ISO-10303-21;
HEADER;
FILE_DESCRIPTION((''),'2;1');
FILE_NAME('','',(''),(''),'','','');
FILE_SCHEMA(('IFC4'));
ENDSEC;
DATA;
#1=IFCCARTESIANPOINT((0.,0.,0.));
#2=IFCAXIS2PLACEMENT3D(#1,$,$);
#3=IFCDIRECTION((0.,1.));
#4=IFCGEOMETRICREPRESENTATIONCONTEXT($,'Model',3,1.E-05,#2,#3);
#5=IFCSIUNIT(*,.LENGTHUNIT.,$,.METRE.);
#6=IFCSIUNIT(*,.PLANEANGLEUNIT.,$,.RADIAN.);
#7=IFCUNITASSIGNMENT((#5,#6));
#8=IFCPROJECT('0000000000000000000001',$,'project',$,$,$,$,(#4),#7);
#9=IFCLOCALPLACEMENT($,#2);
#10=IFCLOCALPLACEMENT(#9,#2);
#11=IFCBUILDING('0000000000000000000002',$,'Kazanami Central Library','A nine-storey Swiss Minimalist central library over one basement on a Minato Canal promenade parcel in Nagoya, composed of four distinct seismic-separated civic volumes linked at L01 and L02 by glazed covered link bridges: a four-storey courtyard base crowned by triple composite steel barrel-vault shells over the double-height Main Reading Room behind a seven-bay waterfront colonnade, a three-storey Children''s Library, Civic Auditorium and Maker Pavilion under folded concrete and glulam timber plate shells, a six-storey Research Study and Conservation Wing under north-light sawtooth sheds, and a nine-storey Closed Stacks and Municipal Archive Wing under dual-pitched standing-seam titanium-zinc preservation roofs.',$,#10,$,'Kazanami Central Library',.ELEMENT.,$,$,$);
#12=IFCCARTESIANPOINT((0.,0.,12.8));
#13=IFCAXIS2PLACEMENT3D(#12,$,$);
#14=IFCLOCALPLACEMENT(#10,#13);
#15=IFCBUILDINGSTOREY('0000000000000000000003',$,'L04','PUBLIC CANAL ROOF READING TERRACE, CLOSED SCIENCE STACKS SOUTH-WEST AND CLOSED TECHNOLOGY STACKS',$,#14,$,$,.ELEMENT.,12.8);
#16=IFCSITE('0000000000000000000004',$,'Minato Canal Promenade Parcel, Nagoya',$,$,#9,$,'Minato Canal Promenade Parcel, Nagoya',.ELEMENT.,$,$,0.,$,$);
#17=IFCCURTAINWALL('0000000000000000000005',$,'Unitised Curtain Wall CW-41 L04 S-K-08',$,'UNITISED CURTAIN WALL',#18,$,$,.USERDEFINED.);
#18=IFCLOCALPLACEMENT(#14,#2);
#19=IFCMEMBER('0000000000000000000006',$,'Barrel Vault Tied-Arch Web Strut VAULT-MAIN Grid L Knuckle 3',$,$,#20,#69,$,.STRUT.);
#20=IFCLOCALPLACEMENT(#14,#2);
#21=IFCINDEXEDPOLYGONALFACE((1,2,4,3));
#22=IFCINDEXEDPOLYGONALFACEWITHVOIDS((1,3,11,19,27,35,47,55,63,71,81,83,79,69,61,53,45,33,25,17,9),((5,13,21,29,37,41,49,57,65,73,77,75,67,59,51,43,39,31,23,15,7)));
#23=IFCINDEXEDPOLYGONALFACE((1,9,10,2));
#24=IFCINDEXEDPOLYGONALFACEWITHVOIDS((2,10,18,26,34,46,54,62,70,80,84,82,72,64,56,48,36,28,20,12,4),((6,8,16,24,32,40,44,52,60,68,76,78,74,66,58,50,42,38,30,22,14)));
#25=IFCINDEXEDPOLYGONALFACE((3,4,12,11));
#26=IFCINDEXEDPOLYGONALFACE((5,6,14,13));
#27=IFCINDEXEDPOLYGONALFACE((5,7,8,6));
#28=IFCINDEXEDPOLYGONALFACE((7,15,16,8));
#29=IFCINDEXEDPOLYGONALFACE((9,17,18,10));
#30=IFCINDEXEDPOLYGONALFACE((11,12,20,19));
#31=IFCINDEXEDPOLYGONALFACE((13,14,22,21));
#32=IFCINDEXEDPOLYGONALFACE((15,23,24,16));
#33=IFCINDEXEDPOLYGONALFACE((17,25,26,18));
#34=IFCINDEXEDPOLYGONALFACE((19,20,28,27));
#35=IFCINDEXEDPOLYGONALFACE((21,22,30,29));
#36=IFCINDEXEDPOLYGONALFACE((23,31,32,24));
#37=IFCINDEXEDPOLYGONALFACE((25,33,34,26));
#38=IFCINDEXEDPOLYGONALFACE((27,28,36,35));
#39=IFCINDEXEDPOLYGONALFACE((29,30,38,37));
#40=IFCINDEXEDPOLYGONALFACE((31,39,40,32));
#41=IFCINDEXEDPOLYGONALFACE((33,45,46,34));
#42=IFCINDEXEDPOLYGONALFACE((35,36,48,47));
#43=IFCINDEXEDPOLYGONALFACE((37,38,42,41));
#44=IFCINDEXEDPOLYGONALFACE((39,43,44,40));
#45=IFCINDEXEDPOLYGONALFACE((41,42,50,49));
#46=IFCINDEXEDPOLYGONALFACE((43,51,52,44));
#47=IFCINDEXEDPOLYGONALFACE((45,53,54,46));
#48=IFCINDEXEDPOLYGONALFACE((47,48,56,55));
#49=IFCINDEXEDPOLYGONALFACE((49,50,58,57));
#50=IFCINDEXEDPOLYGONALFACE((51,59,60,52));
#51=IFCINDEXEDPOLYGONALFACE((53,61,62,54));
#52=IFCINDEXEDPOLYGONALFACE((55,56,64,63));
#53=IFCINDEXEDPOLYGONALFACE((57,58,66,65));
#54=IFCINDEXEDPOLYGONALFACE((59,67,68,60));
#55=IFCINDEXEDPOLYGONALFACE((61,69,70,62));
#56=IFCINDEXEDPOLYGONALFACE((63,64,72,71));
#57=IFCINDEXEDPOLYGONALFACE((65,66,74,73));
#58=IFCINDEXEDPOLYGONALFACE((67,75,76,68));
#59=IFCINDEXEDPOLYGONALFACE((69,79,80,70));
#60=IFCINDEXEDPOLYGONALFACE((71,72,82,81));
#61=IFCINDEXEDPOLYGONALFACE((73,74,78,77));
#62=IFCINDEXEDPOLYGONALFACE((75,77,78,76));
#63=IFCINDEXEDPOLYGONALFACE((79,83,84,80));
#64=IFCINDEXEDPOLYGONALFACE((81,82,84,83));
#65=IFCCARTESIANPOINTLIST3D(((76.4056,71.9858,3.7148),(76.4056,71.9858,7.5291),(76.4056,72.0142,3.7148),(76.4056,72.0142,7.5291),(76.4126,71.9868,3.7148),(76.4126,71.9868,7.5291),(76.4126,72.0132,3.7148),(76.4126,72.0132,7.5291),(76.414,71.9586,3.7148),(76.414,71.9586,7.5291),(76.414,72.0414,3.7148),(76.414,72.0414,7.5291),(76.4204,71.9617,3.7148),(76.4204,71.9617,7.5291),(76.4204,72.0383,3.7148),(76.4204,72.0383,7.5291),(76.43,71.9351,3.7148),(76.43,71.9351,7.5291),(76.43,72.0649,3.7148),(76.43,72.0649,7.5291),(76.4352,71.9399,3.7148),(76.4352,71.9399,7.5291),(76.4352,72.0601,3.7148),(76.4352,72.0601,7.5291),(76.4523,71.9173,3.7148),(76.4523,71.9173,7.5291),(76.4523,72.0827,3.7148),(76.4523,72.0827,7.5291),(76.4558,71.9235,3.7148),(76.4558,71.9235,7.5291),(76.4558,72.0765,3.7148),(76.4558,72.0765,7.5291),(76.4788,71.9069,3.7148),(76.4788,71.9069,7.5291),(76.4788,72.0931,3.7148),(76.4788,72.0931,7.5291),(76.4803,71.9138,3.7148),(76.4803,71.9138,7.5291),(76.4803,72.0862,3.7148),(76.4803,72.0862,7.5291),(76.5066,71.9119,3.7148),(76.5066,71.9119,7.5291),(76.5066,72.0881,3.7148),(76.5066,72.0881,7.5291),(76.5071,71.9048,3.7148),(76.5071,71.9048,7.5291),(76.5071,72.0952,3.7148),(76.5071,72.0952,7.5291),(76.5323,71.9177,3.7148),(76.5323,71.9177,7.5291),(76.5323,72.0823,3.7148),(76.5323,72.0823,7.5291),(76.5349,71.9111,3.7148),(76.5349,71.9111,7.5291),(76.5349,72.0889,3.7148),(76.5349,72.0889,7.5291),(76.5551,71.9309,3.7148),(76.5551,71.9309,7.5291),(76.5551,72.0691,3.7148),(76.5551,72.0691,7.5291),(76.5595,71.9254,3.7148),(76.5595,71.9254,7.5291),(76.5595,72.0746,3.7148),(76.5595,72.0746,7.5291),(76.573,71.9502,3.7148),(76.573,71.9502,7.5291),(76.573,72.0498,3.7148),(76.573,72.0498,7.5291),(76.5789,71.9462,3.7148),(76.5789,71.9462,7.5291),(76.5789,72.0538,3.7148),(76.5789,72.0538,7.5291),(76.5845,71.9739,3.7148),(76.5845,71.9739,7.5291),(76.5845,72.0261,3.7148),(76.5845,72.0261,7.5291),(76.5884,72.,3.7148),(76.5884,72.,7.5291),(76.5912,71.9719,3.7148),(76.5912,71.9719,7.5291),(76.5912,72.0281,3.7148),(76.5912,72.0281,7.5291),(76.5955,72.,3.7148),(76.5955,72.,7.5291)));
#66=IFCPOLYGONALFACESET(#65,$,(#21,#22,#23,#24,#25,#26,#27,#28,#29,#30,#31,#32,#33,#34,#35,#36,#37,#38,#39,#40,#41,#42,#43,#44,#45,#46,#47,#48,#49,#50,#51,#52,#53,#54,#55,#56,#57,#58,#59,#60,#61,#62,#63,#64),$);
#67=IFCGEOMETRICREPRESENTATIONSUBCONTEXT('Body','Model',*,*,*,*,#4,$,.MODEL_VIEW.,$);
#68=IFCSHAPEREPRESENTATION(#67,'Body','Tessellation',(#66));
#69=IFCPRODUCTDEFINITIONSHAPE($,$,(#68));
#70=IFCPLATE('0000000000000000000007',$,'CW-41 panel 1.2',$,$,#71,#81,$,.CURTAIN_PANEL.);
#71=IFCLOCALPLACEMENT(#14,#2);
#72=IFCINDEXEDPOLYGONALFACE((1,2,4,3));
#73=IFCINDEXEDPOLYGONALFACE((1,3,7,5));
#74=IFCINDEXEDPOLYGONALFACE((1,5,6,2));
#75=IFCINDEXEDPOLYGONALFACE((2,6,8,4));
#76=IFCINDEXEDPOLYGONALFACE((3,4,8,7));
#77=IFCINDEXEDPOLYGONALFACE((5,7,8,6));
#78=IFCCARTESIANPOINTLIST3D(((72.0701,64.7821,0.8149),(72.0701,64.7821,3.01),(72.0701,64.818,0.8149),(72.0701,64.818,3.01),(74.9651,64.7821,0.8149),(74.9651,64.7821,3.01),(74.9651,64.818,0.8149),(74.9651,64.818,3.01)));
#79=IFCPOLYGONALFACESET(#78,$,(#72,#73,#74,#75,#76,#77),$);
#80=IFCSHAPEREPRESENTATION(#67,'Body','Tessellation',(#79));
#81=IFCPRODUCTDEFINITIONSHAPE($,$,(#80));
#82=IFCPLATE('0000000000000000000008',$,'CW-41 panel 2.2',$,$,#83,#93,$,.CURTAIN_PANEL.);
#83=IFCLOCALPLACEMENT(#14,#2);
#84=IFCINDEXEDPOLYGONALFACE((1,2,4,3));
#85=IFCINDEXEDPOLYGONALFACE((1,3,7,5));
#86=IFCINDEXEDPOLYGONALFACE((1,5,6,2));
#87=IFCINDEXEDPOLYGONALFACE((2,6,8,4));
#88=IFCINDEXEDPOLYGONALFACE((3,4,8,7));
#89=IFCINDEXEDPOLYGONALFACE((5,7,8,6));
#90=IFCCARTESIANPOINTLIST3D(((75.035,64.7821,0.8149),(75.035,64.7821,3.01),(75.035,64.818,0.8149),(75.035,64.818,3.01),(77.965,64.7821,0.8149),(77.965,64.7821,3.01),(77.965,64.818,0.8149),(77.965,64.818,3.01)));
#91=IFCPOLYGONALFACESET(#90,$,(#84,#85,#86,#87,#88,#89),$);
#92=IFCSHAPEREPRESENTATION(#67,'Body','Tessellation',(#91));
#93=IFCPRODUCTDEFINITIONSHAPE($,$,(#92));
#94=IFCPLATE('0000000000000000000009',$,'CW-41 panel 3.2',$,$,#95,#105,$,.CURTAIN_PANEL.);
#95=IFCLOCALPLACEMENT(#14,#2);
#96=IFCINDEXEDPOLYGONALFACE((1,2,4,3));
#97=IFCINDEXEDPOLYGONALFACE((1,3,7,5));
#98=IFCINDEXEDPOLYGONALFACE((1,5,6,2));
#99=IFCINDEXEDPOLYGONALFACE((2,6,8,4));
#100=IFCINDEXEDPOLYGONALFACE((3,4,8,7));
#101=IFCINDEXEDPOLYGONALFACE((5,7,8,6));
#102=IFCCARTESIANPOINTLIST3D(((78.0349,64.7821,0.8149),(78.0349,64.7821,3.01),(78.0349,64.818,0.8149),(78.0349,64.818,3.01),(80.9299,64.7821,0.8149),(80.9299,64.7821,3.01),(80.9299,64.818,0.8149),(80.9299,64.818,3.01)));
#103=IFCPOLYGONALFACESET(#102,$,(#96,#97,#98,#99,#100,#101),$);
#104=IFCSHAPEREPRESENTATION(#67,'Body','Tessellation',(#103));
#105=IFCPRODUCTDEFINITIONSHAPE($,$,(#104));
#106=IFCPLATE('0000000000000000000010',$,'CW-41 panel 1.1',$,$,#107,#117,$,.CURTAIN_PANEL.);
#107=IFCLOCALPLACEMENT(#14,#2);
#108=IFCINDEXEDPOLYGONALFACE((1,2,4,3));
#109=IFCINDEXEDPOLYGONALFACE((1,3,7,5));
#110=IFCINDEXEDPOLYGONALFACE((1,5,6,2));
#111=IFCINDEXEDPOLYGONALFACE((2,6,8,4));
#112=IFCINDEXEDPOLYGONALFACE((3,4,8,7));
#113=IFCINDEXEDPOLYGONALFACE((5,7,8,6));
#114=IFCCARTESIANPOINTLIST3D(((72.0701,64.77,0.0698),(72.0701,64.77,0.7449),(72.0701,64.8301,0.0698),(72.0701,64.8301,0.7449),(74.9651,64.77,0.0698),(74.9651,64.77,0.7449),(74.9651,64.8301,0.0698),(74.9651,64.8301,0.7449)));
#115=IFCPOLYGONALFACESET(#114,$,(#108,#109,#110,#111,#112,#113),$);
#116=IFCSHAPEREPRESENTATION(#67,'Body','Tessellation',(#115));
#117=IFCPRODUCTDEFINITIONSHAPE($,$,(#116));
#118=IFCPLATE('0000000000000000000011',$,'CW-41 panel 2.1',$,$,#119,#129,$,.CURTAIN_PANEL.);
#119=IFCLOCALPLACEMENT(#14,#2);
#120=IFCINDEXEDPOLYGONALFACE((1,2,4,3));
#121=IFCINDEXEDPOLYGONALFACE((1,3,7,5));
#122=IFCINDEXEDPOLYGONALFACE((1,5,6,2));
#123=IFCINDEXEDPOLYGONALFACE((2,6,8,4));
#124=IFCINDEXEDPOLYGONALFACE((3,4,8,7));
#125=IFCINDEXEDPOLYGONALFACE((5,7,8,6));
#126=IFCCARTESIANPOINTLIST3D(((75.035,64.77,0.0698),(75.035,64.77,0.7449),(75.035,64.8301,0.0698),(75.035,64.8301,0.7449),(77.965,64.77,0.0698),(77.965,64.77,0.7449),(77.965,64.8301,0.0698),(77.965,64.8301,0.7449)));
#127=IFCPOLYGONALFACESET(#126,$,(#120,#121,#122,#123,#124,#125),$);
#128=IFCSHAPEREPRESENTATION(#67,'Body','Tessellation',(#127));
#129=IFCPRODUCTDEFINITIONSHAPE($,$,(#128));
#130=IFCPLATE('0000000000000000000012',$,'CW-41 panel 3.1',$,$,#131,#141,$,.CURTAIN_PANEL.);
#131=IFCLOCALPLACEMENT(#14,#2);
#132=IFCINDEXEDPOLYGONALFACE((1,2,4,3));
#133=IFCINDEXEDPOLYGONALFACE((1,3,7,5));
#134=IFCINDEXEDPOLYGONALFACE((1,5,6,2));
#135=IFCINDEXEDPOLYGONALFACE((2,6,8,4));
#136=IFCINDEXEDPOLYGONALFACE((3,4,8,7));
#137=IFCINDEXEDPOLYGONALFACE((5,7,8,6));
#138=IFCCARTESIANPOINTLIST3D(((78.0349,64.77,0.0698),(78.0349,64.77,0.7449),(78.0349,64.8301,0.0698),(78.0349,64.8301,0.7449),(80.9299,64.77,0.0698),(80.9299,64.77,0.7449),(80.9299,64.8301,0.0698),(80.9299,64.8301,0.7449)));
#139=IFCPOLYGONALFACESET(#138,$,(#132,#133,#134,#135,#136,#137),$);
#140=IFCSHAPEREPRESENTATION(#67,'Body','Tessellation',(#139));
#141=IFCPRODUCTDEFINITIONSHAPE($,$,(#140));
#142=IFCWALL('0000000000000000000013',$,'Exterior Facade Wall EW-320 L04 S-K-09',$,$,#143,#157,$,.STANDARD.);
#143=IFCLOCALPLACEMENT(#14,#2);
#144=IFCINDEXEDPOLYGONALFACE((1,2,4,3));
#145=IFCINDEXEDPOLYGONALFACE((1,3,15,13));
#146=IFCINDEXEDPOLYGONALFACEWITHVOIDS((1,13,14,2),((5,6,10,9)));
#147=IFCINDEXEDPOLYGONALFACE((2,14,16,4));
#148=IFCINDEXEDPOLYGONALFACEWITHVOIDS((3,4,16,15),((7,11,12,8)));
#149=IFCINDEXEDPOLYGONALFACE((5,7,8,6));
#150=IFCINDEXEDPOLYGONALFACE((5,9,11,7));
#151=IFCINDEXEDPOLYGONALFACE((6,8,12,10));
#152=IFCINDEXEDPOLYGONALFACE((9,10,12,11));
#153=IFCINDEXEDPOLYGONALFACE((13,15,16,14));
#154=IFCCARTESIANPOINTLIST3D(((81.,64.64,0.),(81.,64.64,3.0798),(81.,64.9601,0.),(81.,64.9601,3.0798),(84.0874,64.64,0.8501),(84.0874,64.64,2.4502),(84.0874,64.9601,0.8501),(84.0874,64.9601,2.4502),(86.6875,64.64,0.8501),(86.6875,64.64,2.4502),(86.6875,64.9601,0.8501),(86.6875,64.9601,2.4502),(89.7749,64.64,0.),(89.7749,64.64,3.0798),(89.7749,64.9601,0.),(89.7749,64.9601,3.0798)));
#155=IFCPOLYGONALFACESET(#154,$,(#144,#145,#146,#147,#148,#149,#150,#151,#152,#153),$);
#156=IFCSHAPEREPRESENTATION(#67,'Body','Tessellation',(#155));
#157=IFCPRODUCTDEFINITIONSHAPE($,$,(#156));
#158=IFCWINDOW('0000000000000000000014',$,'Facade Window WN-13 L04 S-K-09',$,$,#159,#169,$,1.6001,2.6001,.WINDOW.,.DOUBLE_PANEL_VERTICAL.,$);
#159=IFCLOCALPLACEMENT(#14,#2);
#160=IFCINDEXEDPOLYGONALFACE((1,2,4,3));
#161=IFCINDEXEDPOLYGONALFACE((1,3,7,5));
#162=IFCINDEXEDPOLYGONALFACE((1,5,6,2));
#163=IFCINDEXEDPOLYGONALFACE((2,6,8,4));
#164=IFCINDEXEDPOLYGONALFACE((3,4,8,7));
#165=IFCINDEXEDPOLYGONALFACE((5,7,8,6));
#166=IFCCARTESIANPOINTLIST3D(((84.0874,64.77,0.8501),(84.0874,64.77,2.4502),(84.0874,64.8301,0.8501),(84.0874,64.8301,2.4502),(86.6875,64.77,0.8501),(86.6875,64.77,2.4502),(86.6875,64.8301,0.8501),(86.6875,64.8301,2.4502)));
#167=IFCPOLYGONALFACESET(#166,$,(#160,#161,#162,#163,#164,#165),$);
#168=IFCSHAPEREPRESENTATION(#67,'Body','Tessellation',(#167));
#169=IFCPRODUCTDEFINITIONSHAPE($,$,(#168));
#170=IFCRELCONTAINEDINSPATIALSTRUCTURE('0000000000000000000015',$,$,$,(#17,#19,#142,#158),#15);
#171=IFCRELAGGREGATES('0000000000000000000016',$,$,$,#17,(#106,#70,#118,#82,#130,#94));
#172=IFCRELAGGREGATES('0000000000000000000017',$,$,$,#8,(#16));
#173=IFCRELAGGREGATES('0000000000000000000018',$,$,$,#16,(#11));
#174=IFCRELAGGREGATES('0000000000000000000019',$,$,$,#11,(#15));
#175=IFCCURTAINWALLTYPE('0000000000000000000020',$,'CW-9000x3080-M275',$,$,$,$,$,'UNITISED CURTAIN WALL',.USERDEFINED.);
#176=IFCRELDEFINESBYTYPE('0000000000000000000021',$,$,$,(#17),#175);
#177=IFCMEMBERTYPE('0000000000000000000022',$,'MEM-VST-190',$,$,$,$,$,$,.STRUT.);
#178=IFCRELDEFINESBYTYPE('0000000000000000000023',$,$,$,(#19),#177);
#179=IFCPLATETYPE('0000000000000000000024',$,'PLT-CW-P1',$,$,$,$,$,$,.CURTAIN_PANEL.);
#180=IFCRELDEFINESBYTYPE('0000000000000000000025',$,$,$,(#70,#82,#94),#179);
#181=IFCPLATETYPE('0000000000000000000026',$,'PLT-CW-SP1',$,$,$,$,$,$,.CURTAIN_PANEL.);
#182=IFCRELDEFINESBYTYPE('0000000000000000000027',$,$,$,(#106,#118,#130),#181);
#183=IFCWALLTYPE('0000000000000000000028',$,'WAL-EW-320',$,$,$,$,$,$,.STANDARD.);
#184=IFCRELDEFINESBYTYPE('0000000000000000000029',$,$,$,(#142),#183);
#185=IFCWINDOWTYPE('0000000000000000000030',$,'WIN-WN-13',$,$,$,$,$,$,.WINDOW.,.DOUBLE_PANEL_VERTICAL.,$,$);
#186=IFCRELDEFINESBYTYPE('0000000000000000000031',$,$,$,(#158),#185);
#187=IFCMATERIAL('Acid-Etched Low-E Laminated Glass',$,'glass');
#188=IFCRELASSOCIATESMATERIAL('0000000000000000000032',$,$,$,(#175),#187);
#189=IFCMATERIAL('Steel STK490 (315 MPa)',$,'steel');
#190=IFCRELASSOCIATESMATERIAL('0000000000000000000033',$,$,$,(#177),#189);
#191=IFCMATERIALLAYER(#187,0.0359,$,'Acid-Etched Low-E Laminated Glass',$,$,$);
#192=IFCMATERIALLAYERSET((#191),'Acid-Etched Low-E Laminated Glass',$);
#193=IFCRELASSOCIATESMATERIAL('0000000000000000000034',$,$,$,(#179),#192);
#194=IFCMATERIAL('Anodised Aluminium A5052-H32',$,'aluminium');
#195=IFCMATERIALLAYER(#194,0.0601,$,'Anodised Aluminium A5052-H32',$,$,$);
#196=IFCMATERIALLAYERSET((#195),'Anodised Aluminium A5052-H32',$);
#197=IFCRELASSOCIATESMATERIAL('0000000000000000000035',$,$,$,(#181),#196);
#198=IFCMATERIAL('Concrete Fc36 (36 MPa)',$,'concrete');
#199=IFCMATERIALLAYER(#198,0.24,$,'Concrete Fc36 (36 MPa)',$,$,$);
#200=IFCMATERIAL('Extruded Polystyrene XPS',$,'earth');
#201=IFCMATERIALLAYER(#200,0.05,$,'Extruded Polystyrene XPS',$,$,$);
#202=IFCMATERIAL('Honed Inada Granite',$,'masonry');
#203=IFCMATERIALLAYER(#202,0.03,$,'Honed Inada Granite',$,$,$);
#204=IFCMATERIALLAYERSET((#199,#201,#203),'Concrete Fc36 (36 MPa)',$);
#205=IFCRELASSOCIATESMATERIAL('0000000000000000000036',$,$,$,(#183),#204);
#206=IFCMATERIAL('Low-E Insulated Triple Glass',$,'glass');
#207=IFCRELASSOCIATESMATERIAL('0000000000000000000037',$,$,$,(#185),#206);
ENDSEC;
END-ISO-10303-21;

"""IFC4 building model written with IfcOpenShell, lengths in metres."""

from ifc_helpers import new_model, si_unit, direction, frame, frame_2d, origin, origin_2d, place, context, subcontext, project, spatial, rectangle, hollow_circle, extrude, material, layer, layer_set, material_profile, profile_set, type_object, element, fill, aggregate, save


model = new_model("IFC4")

# Units and contexts
model_context = context("Model", 3, precision=1e-05, world=origin(), true_north=direction((0.0, 1.0)))
body_context = subcontext(model_context, "Body", "Model", "MODEL_VIEW")
ifc_project = project(units=[si_unit("LENGTHUNIT", "METRE"), si_unit("PLANEANGLEUNIT", "RADIAN")], contexts=[model_context])

# Site, building, storey
site_placement = place(None, origin())
site = spatial("IfcSite", under=ifc_project, at=site_placement, Name="Minato Canal Promenade Parcel, Nagoya", LongName="Minato Canal Promenade Parcel, Nagoya", CompositionType="ELEMENT", RefElevation=0.0)
building_placement = place(site_placement, origin())
building = spatial("IfcBuilding", under=site, at=building_placement, Name="Kazanami Central Library", Description="A nine-storey Swiss Minimalist central library over one basement on a Minato Canal promenade parcel in Nagoya, composed of four distinct seismic-separated civic volumes linked at L01 and L02 by glazed covered link bridges: a four-storey courtyard base crowned by triple composite steel barrel-vault shells over the double-height Main Reading Room behind a seven-bay waterfront colonnade, a three-storey Children's Library, Civic Auditorium and Maker Pavilion under folded concrete and glulam timber plate shells, a six-storey Research Study and Conservation Wing under north-light sawtooth sheds, and a nine-storey Closed Stacks and Municipal Archive Wing under dual-pitched standing-seam titanium-zinc preservation roofs.", LongName="Kazanami Central Library", CompositionType="ELEMENT")
storey_placement = place(building_placement, frame((0.0, 0.0, 12.8)))
storey = spatial("IfcBuildingStorey", under=building, at=storey_placement, Name="L04", Description="PUBLIC CANAL ROOF READING TERRACE, CLOSED SCIENCE STACKS SOUTH-WEST AND CLOSED TECHNOLOGY STACKS", CompositionType="ELEMENT", Elevation=12.8)

# Curtain wall
ifc_material_1 = material(Name="Acid-Etched Low-E Laminated Glass", Category="glass")
curtain_wall_type = type_object("IfcCurtainWallType", Name="CW-9000x3080-M275", ElementType="UNITISED CURTAIN WALL", PredefinedType="USERDEFINED", material=ifc_material_1)
curtain_wall_placement = place(storey_placement, origin())
curtain_wall = element("IfcCurtainWall", 1, at=curtain_wall_placement, inside=storey, type_object=curtain_wall_type, Name="Unitised Curtain Wall CW-41 L04 S-K-08", ObjectType="UNITISED CURTAIN WALL", PredefinedType="USERDEFINED")

# Member
ifc_material_2 = material(Name="Steel STK490 (315 MPa)", Category="steel")
ifc_material_profile_1 = material_profile(ifc_material_2, hollow_circle(Radius=0.0955, WallThickness=0.0071, at=origin_2d()), Name="CHS-190.7x7.0")
ifc_profile_set_1 = profile_set([ifc_material_profile_1], Name="Steel STK490 (315 MPa)")
member_type_1 = type_object("IfcMemberType", Name="MEM-VST-190", PredefinedType="STRUT", material=ifc_profile_set_1)
member_1_placement = place(storey_placement, frame((76.5, 72.0, 3.7148), z_axis=(0.0, 0.0, 1.0), x_axis=(1.0, 0.0, 0.0)))
element("IfcMember", 2, at=member_1_placement, inside=storey, type_object=member_type_1, Name="Barrel Vault Tied-Arch Web Strut VAULT-MAIN Grid L Knuckle 3", PredefinedType="STRUT", context=body_context, shape_type="SweptSolid", body=[
    extrude(hollow_circle(Radius=0.0955, WallThickness=0.0071, at=origin_2d()), origin(), (0.0, 0.0, 1.0), 3.8142),
])

# Plates
ifc_layer_1 = layer(ifc_material_1, 0.0359, Name="Acid-Etched Low-E Laminated Glass")
ifc_layer_set_1 = layer_set([ifc_layer_1], Name="Acid-Etched Low-E Laminated Glass")
plate_type_1 = type_object("IfcPlateType", Name="PLT-CW-P1", PredefinedType="CURTAIN_PANEL", material=ifc_layer_set_1)
plate_1_placement = place(storey_placement, frame((73.5176, 64.8, 0.8149), z_axis=(0.0, 0.0, 1.0), x_axis=(1.0, 0.0, 0.0)))
plate_1 = element("IfcPlate", 3, at=plate_1_placement, type_object=plate_type_1, Name="CW-41 panel 1.2", PredefinedType="CURTAIN_PANEL", context=body_context, shape_type="SweptSolid", body=[
    extrude(rectangle(XDim=2.895, YDim=0.0359, at=origin_2d()), origin(), (0.0, 0.0, 1.0), 2.1951),
])
plate_2_placement = place(storey_placement, frame((76.5, 64.8, 0.8149), z_axis=(0.0, 0.0, 1.0), x_axis=(1.0, 0.0, 0.0)))
plate_2 = element("IfcPlate", 4, at=plate_2_placement, type_object=plate_type_1, Name="CW-41 panel 2.2", PredefinedType="CURTAIN_PANEL", context=body_context, shape_type="SweptSolid", body=[
    extrude(rectangle(XDim=2.9299, YDim=0.0359, at=origin_2d()), origin(), (0.0, 0.0, 1.0), 2.1951),
])
plate_3_placement = place(storey_placement, frame((79.4824, 64.8, 0.8149), z_axis=(0.0, 0.0, 1.0), x_axis=(1.0, 0.0, 0.0)))
plate_3 = element("IfcPlate", 5, at=plate_3_placement, type_object=plate_type_1, Name="CW-41 panel 3.2", PredefinedType="CURTAIN_PANEL", context=body_context, shape_type="SweptSolid", body=[
    extrude(rectangle(XDim=2.895, YDim=0.0359, at=origin_2d()), origin(), (0.0, 0.0, 1.0), 2.1951),
])
ifc_material_3 = material(Name="Anodised Aluminium A5052-H32", Category="aluminium")
ifc_layer_2 = layer(ifc_material_3, 0.0601, Name="Anodised Aluminium A5052-H32")
ifc_layer_set_2 = layer_set([ifc_layer_2], Name="Anodised Aluminium A5052-H32")
plate_type_2 = type_object("IfcPlateType", Name="PLT-CW-SP1", PredefinedType="CURTAIN_PANEL", material=ifc_layer_set_2)
plate_4_placement = place(storey_placement, frame((73.5176, 64.8, 0.0698), z_axis=(0.0, 0.0, 1.0), x_axis=(1.0, 0.0, 0.0)))
plate_4 = element("IfcPlate", 6, at=plate_4_placement, type_object=plate_type_2, Name="CW-41 panel 1.1", PredefinedType="CURTAIN_PANEL", context=body_context, shape_type="SweptSolid", body=[
    extrude(rectangle(XDim=2.895, YDim=0.0601, at=origin_2d()), origin(), (0.0, 0.0, 1.0), 0.675),
])
plate_5_placement = place(storey_placement, frame((76.5, 64.8, 0.0698), z_axis=(0.0, 0.0, 1.0), x_axis=(1.0, 0.0, 0.0)))
plate_5 = element("IfcPlate", 7, at=plate_5_placement, type_object=plate_type_2, Name="CW-41 panel 2.1", PredefinedType="CURTAIN_PANEL", context=body_context, shape_type="SweptSolid", body=[
    extrude(rectangle(XDim=2.9299, YDim=0.0601, at=origin_2d()), origin(), (0.0, 0.0, 1.0), 0.675),
])
plate_6_placement = place(storey_placement, frame((79.4824, 64.8, 0.0698), z_axis=(0.0, 0.0, 1.0), x_axis=(1.0, 0.0, 0.0)))
plate_6 = element("IfcPlate", 8, at=plate_6_placement, type_object=plate_type_2, Name="CW-41 panel 3.1", PredefinedType="CURTAIN_PANEL", context=body_context, shape_type="SweptSolid", body=[
    extrude(rectangle(XDim=2.895, YDim=0.0601, at=origin_2d()), origin(), (0.0, 0.0, 1.0), 0.675),
])
aggregate(curtain_wall, [plate_4, plate_1, plate_5, plate_2, plate_6, plate_3])

# Wall, opening, window
ifc_material_4 = material(Name="Concrete Fc36 (36 MPa)", Category="concrete")
ifc_layer_3 = layer(ifc_material_4, 0.24, Name="Concrete Fc36 (36 MPa)")
ifc_material_5 = material(Name="Extruded Polystyrene XPS", Category="earth")
ifc_layer_4 = layer(ifc_material_5, 0.05, Name="Extruded Polystyrene XPS")
ifc_material_6 = material(Name="Honed Inada Granite", Category="masonry")
ifc_layer_5 = layer(ifc_material_6, 0.03, Name="Honed Inada Granite")
ifc_layer_set_3 = layer_set([ifc_layer_3, ifc_layer_4, ifc_layer_5], Name="Concrete Fc36 (36 MPa)")
wall_type = type_object("IfcWallType", Name="WAL-EW-320", PredefinedType="STANDARD", material=ifc_layer_set_3)
wall_placement = place(storey_placement, frame((81.0, 64.8, 0.0), z_axis=(0.0, 0.0, 1.0), x_axis=(1.0, 0.0, 0.0)))
wall = element("IfcWall", 9, at=wall_placement, inside=storey, type_object=wall_type, Name="Exterior Facade Wall EW-320 L04 S-K-09", PredefinedType="STANDARD", context=body_context, shape_type="SweptSolid", body=[
    extrude(rectangle(XDim=8.7749, YDim=0.3201, at=frame_2d((4.3875, 0.0))), origin(), (0.0, 0.0, 1.0), 3.0798),
])
opening_placement = place(wall_placement, frame((3.0874, 0.0, 0.8501)))
opening = element("IfcOpeningElement", 10, at=opening_placement, cuts=wall, PredefinedType="OPENING", context=body_context, shape_type="SweptSolid", body=[
    extrude(rectangle(XDim=2.6001, YDim=1.6001, at=frame_2d((1.3, 0.8))), frame((0.0, 0.1719, 0.0), z_axis=(0.0, -1.0, 0.0), x_axis=(1.0, 0.0, 0.0)), (0.0, 0.0, 1.0), 0.344),
])
ifc_material_7 = material(Name="Low-E Insulated Triple Glass", Category="glass")
window_type = type_object("IfcWindowType", Name="WIN-WN-13", PartitioningType="DOUBLE_PANEL_VERTICAL", PredefinedType="WINDOW", material=ifc_material_7)
window_placement = place(opening_placement, origin())
window = element("IfcWindow", 11, at=window_placement, inside=storey, type_object=window_type, Name="Facade Window WN-13 L04 S-K-09", OverallHeight=1.6001, OverallWidth=2.6001, PartitioningType="DOUBLE_PANEL_VERTICAL", PredefinedType="WINDOW", context=body_context, shape_type="SweptSolid", body=[
    extrude(rectangle(XDim=2.6001, YDim=1.6001, at=frame_2d((1.3, 0.8))), frame((0.0, 0.03, 0.0), z_axis=(0.0, -1.0, 0.0), x_axis=(1.0, 0.0, 0.0)), (0.0, 0.0, 1.0), 0.0601),
])
fill(opening, window)

save(model, "model.ifc")
